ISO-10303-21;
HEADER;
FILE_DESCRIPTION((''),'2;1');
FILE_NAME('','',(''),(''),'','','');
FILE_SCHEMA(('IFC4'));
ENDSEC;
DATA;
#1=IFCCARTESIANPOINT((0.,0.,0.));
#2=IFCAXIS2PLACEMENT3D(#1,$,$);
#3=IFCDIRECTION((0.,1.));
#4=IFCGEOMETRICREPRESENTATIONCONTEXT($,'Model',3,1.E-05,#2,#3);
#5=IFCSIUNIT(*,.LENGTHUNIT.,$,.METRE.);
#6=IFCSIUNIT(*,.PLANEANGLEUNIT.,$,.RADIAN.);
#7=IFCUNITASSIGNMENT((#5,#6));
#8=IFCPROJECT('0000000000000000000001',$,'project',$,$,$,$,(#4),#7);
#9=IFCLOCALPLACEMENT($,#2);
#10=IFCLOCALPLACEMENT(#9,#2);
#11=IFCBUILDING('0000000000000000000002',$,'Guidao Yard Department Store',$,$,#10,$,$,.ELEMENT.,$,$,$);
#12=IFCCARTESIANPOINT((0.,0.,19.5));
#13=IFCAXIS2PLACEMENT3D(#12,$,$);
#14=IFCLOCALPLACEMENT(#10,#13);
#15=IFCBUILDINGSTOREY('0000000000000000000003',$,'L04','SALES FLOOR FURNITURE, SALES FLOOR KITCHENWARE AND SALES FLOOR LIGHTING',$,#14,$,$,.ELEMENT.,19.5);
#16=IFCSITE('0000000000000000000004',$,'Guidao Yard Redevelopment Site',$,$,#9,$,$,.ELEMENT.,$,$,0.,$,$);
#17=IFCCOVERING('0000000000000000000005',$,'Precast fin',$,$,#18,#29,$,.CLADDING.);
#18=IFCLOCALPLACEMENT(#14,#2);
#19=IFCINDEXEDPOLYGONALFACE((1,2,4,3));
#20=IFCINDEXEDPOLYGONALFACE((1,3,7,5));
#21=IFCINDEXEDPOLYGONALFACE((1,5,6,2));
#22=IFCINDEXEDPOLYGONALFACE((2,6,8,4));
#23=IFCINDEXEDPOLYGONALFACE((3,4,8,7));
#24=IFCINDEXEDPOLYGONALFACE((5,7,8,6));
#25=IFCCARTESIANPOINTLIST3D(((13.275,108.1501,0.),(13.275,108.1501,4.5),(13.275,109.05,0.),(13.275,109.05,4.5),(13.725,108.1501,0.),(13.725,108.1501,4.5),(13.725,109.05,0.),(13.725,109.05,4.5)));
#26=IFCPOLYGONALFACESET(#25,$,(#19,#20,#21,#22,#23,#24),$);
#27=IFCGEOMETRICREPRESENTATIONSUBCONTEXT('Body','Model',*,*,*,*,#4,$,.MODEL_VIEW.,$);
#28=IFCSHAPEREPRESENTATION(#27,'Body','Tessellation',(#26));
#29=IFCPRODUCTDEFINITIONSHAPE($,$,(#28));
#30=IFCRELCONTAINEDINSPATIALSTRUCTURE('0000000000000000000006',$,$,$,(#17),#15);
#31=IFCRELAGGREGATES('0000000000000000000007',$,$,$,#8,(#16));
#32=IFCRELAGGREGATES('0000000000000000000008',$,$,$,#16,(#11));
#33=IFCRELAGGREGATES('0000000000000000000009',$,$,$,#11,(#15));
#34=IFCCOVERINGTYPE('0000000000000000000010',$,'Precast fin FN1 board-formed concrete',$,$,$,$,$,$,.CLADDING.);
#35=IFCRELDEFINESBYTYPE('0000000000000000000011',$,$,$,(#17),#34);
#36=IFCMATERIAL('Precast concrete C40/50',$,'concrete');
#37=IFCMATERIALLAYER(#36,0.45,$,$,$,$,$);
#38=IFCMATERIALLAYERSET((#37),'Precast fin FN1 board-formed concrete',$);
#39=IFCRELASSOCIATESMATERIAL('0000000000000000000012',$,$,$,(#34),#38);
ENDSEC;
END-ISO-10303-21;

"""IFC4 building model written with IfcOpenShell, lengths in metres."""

from ifc_helpers import new_model, si_unit, direction, frame, origin, origin_2d, place, context, subcontext, project, spatial, rectangle, extrude, material, layer, layer_set, type_object, element, save


model = new_model("IFC4")

# Units and contexts
model_context = context("Model", 3, precision=1e-05, world=origin(), true_north=direction((0.0, 1.0)))
body_context = subcontext(model_context, "Body", "Model", "MODEL_VIEW")
ifc_project = project(units=[si_unit("LENGTHUNIT", "METRE"), si_unit("PLANEANGLEUNIT", "RADIAN")], contexts=[model_context])

# Site, building, storey
site_placement = place(None, origin())
site = spatial("IfcSite", under=ifc_project, at=site_placement, Name="Guidao Yard Redevelopment Site", CompositionType="ELEMENT", RefElevation=0.0)
building_placement = place(site_placement, origin())
building = spatial("IfcBuilding", under=site, at=building_placement, Name="Guidao Yard Department Store", CompositionType="ELEMENT")
storey_placement = place(building_placement, frame((0.0, 0.0, 19.5)))
storey = spatial("IfcBuildingStorey", under=building, at=storey_placement, Name="L04", Description="SALES FLOOR FURNITURE, SALES FLOOR KITCHENWARE AND SALES FLOOR LIGHTING", CompositionType="ELEMENT", Elevation=19.5)

# Covering
ifc_material_1 = material(Name="Precast concrete C40/50", Category="concrete")
ifc_layer_1 = layer(ifc_material_1, 0.45)
ifc_layer_set_1 = layer_set([ifc_layer_1], Name="Precast fin FN1 board-formed concrete")
covering_type = type_object("IfcCoveringType", Name="Precast fin FN1 board-formed concrete", PredefinedType="CLADDING", material=ifc_layer_set_1)
covering_1_placement = place(storey_placement, frame((13.5, 108.6001, 0.0), z_axis=(0.0, 0.0, 1.0), x_axis=(1.0, 0.0, 0.0)))
element("IfcCovering", 1, at=covering_1_placement, inside=storey, type_object=covering_type, Name="Precast fin", PredefinedType="CLADDING", context=body_context, shape_type="SweptSolid", body=[
    extrude(rectangle(XDim=0.45, YDim=0.8999, at=origin_2d()), origin(), (0.0, 0.0, 1.0), 4.5),
])

save(model, "model.ifc")
